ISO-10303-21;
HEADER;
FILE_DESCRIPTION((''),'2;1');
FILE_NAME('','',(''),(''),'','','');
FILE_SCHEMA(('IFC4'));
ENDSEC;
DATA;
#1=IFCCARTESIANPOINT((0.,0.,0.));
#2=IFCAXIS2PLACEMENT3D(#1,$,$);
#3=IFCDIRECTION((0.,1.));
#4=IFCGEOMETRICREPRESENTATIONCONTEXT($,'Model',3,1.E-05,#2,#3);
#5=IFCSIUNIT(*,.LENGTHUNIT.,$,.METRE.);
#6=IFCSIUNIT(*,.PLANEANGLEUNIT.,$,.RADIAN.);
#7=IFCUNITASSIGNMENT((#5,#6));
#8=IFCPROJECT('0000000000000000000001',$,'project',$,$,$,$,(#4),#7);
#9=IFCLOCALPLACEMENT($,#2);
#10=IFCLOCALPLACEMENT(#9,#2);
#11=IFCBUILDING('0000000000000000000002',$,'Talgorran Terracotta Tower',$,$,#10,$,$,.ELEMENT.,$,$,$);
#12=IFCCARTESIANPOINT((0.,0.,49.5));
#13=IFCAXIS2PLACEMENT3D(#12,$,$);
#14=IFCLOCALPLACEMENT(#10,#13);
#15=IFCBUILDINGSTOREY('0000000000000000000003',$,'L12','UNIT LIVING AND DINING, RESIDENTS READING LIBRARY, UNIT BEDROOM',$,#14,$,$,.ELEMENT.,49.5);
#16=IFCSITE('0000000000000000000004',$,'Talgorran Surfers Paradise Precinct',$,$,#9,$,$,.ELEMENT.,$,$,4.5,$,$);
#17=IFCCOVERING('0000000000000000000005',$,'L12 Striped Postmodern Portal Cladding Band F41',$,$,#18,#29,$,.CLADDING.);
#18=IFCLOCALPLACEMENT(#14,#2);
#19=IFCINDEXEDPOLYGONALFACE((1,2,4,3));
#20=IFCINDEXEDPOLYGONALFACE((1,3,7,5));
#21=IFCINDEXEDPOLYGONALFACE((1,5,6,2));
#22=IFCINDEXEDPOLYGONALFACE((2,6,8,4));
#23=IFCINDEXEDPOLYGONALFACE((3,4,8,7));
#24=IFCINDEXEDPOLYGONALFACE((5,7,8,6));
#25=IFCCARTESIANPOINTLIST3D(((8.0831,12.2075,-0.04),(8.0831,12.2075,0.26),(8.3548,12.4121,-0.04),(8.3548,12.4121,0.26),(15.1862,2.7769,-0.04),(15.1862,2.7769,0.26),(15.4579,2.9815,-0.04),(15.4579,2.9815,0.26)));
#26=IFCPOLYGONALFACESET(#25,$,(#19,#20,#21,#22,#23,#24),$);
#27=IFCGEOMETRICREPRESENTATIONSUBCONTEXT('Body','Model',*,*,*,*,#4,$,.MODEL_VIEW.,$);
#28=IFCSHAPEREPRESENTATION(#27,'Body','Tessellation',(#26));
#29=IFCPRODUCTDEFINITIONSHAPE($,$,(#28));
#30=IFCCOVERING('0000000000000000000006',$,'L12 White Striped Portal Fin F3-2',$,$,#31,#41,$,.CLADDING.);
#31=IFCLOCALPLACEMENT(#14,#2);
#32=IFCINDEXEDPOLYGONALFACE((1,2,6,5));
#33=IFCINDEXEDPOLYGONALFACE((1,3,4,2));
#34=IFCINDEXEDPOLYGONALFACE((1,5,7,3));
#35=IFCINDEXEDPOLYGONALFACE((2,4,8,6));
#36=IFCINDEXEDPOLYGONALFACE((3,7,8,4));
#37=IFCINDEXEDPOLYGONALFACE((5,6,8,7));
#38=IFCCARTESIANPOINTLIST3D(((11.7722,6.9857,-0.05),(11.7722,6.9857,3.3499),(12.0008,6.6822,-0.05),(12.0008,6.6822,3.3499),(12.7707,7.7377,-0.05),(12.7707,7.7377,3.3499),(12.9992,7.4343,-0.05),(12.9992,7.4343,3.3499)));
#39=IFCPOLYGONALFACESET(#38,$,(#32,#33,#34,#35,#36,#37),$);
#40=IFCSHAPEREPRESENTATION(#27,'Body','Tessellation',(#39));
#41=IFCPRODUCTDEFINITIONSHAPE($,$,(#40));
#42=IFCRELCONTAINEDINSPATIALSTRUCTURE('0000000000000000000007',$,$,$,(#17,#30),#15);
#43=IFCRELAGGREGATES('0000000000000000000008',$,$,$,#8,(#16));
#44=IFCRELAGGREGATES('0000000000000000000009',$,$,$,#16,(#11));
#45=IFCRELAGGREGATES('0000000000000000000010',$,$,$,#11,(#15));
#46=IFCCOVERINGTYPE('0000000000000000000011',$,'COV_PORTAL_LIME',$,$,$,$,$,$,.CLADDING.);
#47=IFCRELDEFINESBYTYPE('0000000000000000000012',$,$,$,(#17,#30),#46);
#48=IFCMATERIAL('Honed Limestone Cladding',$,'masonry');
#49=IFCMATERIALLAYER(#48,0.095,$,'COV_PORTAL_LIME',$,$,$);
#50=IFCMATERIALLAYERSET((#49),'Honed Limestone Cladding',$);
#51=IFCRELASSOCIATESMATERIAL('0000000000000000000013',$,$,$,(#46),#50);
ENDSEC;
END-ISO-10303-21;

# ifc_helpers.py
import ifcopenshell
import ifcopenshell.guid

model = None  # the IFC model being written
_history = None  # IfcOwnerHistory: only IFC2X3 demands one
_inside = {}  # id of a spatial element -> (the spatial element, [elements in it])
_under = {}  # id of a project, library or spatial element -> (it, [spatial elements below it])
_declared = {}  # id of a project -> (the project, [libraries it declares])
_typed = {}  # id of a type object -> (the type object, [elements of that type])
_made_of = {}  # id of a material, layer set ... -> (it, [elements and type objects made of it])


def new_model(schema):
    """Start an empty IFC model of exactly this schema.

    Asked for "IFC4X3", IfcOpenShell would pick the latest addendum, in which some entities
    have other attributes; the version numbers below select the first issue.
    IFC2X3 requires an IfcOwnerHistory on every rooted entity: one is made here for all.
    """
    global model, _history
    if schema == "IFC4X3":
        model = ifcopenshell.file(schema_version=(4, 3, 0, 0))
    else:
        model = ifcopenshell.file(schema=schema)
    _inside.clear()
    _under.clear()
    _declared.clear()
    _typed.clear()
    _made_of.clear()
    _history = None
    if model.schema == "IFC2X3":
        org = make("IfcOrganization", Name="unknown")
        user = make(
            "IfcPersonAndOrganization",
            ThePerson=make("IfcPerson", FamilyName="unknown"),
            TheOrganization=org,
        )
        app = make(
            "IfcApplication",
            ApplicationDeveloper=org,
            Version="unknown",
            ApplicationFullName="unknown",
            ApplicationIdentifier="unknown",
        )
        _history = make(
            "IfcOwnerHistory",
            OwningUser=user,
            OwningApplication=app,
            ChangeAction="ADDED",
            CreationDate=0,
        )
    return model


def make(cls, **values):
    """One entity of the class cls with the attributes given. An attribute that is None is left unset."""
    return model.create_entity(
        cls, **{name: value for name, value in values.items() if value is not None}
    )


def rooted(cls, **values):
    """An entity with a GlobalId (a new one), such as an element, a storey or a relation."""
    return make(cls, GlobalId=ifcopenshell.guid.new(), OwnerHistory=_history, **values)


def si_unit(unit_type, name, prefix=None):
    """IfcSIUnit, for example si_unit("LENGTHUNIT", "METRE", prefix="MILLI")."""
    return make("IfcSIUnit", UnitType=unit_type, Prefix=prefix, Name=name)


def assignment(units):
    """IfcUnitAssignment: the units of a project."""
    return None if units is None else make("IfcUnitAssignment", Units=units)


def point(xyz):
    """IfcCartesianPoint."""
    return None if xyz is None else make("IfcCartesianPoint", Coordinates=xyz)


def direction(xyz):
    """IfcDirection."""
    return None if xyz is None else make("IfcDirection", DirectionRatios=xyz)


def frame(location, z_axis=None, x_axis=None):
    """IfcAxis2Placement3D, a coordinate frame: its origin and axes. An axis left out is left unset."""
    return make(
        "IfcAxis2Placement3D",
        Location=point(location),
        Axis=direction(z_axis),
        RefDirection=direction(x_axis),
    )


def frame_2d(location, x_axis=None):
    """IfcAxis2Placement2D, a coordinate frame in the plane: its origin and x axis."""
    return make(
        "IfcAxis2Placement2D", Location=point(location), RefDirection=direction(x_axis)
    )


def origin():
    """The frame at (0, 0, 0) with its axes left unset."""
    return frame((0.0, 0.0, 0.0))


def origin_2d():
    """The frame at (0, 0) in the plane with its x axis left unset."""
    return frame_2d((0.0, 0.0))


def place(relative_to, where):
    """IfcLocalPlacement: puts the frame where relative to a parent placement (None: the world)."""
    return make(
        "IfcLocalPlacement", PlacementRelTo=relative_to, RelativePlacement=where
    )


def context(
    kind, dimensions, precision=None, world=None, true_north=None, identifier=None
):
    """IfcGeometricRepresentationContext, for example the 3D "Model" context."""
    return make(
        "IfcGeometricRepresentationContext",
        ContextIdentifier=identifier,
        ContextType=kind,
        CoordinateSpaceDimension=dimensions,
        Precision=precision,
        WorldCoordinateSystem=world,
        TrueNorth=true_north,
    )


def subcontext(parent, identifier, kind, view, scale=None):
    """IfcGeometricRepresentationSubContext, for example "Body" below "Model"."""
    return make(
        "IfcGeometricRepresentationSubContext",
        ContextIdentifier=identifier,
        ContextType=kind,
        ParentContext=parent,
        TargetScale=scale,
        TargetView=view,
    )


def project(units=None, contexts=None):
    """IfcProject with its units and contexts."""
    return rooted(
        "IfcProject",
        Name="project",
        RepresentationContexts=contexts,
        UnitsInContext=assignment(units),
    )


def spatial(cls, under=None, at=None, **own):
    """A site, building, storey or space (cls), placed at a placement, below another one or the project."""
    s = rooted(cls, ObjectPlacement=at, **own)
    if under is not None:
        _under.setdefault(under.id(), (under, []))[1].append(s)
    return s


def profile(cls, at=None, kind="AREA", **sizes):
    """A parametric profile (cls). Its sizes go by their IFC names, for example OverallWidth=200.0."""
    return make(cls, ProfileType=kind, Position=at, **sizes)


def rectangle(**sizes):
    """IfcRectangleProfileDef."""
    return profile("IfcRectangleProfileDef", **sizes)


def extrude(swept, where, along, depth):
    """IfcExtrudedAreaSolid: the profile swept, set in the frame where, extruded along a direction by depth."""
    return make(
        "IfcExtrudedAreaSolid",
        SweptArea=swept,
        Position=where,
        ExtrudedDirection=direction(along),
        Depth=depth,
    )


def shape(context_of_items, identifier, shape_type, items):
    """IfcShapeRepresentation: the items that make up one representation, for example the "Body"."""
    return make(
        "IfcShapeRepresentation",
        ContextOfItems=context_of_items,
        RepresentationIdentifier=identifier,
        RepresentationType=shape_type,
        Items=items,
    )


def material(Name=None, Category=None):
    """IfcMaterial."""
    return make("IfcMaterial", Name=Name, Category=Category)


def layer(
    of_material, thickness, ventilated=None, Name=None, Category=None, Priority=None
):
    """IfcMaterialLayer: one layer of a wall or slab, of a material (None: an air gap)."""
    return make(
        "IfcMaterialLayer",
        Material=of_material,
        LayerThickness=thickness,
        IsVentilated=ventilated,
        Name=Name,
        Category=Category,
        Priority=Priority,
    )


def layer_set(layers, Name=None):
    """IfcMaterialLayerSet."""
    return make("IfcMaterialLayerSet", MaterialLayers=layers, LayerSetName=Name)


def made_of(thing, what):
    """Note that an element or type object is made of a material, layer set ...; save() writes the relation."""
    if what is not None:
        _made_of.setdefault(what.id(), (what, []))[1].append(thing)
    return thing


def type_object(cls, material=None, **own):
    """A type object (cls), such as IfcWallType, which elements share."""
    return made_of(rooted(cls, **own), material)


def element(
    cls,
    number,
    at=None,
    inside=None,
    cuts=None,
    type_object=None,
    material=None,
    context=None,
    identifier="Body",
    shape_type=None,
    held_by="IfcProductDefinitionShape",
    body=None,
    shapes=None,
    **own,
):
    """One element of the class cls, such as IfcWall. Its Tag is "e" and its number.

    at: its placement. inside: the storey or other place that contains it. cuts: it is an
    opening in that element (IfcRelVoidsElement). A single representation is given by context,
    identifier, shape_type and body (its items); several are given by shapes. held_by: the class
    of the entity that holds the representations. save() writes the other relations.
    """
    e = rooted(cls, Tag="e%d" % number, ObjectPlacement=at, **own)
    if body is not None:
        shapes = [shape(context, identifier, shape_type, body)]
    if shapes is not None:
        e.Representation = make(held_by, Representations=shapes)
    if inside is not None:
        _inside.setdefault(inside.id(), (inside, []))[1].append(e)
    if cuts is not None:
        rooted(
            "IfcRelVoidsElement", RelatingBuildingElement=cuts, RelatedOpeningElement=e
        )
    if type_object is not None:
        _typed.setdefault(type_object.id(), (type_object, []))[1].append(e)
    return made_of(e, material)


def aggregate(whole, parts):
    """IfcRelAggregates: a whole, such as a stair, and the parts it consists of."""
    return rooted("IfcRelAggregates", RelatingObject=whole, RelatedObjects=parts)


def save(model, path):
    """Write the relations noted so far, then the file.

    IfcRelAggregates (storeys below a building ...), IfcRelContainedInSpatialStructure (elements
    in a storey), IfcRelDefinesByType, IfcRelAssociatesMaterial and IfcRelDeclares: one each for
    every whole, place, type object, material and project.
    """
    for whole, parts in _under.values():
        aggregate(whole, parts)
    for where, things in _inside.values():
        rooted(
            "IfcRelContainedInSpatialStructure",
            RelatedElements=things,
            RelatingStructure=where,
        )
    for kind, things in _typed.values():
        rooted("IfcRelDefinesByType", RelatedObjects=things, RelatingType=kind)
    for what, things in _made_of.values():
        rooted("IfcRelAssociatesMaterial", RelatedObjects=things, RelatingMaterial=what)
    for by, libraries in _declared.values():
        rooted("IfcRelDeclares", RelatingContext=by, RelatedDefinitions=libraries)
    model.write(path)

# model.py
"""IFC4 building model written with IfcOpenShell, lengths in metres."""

from ifc_helpers import new_model, si_unit, direction, frame, origin, origin_2d, place, context, subcontext, project, spatial, rectangle, extrude, material, layer, layer_set, type_object, element, save


model = new_model("IFC4")

# Units and contexts
model_context = context("Model", 3, precision=1e-05, world=origin(), true_north=direction((0.0, 1.0)))
body_context = subcontext(model_context, "Body", "Model", "MODEL_VIEW")
ifc_project = project(units=[si_unit("LENGTHUNIT", "METRE"), si_unit("PLANEANGLEUNIT", "RADIAN")], contexts=[model_context])

# Site, building, storey
site_placement = place(None, origin())
site = spatial("IfcSite", under=ifc_project, at=site_placement, Name="Talgorran Surfers Paradise Precinct", CompositionType="ELEMENT", RefElevation=4.5)
building_placement = place(site_placement, origin())
building = spatial("IfcBuilding", under=site, at=building_placement, Name="Talgorran Terracotta Tower", CompositionType="ELEMENT")
storey_placement = place(building_placement, frame((0.0, 0.0, 49.5)))
storey = spatial("IfcBuildingStorey", under=building, at=storey_placement, Name="L12", Description="UNIT LIVING AND DINING, RESIDENTS READING LIBRARY, UNIT BEDROOM", CompositionType="ELEMENT", Elevation=49.5)

# Coverings
ifc_material_1 = material(Name="Honed Limestone Cladding", Category="masonry")
ifc_layer_1 = layer(ifc_material_1, 0.095, Name="COV_PORTAL_LIME")
ifc_layer_set_1 = layer_set([ifc_layer_1], Name="Honed Limestone Cladding")
covering_type_1 = type_object("IfcCoveringType", Name="COV_PORTAL_LIME", PredefinedType="CLADDING", material=ifc_layer_set_1)
covering_1_placement = place(storey_placement, frame((11.7705, 7.5945, -0.04), z_axis=(0.0, 0.0, 1.0), x_axis=(-0.601634, 0.798772, 0.0)))
element("IfcCovering", 1, at=covering_1_placement, inside=storey, type_object=covering_type_1, Name="L12 Striped Postmodern Portal Cladding Band F41", PredefinedType="CLADDING", context=body_context, shape_type="SweptSolid", body=[
    extrude(rectangle(XDim=11.8064, YDim=0.3401, at=origin_2d()), origin(), (0.0, 0.0, 1.0), 0.3),
])
covering_2_placement = place(storey_placement, frame((12.3857, 7.21, -0.05), z_axis=(0.0, 0.0, 1.0), x_axis=(-0.601634, 0.798772, 0.0)))
element("IfcCovering", 2, at=covering_2_placement, inside=storey, type_object=covering_type_1, Name="L12 White Striped Portal Fin F3-2", PredefinedType="CLADDING", context=body_context, shape_type="SweptSolid", body=[
    extrude(rectangle(XDim=0.3799, YDim=1.25, at=origin_2d()), origin(), (0.0, 0.0, 1.0), 3.3999),
])

save(model, "model.ifc")
